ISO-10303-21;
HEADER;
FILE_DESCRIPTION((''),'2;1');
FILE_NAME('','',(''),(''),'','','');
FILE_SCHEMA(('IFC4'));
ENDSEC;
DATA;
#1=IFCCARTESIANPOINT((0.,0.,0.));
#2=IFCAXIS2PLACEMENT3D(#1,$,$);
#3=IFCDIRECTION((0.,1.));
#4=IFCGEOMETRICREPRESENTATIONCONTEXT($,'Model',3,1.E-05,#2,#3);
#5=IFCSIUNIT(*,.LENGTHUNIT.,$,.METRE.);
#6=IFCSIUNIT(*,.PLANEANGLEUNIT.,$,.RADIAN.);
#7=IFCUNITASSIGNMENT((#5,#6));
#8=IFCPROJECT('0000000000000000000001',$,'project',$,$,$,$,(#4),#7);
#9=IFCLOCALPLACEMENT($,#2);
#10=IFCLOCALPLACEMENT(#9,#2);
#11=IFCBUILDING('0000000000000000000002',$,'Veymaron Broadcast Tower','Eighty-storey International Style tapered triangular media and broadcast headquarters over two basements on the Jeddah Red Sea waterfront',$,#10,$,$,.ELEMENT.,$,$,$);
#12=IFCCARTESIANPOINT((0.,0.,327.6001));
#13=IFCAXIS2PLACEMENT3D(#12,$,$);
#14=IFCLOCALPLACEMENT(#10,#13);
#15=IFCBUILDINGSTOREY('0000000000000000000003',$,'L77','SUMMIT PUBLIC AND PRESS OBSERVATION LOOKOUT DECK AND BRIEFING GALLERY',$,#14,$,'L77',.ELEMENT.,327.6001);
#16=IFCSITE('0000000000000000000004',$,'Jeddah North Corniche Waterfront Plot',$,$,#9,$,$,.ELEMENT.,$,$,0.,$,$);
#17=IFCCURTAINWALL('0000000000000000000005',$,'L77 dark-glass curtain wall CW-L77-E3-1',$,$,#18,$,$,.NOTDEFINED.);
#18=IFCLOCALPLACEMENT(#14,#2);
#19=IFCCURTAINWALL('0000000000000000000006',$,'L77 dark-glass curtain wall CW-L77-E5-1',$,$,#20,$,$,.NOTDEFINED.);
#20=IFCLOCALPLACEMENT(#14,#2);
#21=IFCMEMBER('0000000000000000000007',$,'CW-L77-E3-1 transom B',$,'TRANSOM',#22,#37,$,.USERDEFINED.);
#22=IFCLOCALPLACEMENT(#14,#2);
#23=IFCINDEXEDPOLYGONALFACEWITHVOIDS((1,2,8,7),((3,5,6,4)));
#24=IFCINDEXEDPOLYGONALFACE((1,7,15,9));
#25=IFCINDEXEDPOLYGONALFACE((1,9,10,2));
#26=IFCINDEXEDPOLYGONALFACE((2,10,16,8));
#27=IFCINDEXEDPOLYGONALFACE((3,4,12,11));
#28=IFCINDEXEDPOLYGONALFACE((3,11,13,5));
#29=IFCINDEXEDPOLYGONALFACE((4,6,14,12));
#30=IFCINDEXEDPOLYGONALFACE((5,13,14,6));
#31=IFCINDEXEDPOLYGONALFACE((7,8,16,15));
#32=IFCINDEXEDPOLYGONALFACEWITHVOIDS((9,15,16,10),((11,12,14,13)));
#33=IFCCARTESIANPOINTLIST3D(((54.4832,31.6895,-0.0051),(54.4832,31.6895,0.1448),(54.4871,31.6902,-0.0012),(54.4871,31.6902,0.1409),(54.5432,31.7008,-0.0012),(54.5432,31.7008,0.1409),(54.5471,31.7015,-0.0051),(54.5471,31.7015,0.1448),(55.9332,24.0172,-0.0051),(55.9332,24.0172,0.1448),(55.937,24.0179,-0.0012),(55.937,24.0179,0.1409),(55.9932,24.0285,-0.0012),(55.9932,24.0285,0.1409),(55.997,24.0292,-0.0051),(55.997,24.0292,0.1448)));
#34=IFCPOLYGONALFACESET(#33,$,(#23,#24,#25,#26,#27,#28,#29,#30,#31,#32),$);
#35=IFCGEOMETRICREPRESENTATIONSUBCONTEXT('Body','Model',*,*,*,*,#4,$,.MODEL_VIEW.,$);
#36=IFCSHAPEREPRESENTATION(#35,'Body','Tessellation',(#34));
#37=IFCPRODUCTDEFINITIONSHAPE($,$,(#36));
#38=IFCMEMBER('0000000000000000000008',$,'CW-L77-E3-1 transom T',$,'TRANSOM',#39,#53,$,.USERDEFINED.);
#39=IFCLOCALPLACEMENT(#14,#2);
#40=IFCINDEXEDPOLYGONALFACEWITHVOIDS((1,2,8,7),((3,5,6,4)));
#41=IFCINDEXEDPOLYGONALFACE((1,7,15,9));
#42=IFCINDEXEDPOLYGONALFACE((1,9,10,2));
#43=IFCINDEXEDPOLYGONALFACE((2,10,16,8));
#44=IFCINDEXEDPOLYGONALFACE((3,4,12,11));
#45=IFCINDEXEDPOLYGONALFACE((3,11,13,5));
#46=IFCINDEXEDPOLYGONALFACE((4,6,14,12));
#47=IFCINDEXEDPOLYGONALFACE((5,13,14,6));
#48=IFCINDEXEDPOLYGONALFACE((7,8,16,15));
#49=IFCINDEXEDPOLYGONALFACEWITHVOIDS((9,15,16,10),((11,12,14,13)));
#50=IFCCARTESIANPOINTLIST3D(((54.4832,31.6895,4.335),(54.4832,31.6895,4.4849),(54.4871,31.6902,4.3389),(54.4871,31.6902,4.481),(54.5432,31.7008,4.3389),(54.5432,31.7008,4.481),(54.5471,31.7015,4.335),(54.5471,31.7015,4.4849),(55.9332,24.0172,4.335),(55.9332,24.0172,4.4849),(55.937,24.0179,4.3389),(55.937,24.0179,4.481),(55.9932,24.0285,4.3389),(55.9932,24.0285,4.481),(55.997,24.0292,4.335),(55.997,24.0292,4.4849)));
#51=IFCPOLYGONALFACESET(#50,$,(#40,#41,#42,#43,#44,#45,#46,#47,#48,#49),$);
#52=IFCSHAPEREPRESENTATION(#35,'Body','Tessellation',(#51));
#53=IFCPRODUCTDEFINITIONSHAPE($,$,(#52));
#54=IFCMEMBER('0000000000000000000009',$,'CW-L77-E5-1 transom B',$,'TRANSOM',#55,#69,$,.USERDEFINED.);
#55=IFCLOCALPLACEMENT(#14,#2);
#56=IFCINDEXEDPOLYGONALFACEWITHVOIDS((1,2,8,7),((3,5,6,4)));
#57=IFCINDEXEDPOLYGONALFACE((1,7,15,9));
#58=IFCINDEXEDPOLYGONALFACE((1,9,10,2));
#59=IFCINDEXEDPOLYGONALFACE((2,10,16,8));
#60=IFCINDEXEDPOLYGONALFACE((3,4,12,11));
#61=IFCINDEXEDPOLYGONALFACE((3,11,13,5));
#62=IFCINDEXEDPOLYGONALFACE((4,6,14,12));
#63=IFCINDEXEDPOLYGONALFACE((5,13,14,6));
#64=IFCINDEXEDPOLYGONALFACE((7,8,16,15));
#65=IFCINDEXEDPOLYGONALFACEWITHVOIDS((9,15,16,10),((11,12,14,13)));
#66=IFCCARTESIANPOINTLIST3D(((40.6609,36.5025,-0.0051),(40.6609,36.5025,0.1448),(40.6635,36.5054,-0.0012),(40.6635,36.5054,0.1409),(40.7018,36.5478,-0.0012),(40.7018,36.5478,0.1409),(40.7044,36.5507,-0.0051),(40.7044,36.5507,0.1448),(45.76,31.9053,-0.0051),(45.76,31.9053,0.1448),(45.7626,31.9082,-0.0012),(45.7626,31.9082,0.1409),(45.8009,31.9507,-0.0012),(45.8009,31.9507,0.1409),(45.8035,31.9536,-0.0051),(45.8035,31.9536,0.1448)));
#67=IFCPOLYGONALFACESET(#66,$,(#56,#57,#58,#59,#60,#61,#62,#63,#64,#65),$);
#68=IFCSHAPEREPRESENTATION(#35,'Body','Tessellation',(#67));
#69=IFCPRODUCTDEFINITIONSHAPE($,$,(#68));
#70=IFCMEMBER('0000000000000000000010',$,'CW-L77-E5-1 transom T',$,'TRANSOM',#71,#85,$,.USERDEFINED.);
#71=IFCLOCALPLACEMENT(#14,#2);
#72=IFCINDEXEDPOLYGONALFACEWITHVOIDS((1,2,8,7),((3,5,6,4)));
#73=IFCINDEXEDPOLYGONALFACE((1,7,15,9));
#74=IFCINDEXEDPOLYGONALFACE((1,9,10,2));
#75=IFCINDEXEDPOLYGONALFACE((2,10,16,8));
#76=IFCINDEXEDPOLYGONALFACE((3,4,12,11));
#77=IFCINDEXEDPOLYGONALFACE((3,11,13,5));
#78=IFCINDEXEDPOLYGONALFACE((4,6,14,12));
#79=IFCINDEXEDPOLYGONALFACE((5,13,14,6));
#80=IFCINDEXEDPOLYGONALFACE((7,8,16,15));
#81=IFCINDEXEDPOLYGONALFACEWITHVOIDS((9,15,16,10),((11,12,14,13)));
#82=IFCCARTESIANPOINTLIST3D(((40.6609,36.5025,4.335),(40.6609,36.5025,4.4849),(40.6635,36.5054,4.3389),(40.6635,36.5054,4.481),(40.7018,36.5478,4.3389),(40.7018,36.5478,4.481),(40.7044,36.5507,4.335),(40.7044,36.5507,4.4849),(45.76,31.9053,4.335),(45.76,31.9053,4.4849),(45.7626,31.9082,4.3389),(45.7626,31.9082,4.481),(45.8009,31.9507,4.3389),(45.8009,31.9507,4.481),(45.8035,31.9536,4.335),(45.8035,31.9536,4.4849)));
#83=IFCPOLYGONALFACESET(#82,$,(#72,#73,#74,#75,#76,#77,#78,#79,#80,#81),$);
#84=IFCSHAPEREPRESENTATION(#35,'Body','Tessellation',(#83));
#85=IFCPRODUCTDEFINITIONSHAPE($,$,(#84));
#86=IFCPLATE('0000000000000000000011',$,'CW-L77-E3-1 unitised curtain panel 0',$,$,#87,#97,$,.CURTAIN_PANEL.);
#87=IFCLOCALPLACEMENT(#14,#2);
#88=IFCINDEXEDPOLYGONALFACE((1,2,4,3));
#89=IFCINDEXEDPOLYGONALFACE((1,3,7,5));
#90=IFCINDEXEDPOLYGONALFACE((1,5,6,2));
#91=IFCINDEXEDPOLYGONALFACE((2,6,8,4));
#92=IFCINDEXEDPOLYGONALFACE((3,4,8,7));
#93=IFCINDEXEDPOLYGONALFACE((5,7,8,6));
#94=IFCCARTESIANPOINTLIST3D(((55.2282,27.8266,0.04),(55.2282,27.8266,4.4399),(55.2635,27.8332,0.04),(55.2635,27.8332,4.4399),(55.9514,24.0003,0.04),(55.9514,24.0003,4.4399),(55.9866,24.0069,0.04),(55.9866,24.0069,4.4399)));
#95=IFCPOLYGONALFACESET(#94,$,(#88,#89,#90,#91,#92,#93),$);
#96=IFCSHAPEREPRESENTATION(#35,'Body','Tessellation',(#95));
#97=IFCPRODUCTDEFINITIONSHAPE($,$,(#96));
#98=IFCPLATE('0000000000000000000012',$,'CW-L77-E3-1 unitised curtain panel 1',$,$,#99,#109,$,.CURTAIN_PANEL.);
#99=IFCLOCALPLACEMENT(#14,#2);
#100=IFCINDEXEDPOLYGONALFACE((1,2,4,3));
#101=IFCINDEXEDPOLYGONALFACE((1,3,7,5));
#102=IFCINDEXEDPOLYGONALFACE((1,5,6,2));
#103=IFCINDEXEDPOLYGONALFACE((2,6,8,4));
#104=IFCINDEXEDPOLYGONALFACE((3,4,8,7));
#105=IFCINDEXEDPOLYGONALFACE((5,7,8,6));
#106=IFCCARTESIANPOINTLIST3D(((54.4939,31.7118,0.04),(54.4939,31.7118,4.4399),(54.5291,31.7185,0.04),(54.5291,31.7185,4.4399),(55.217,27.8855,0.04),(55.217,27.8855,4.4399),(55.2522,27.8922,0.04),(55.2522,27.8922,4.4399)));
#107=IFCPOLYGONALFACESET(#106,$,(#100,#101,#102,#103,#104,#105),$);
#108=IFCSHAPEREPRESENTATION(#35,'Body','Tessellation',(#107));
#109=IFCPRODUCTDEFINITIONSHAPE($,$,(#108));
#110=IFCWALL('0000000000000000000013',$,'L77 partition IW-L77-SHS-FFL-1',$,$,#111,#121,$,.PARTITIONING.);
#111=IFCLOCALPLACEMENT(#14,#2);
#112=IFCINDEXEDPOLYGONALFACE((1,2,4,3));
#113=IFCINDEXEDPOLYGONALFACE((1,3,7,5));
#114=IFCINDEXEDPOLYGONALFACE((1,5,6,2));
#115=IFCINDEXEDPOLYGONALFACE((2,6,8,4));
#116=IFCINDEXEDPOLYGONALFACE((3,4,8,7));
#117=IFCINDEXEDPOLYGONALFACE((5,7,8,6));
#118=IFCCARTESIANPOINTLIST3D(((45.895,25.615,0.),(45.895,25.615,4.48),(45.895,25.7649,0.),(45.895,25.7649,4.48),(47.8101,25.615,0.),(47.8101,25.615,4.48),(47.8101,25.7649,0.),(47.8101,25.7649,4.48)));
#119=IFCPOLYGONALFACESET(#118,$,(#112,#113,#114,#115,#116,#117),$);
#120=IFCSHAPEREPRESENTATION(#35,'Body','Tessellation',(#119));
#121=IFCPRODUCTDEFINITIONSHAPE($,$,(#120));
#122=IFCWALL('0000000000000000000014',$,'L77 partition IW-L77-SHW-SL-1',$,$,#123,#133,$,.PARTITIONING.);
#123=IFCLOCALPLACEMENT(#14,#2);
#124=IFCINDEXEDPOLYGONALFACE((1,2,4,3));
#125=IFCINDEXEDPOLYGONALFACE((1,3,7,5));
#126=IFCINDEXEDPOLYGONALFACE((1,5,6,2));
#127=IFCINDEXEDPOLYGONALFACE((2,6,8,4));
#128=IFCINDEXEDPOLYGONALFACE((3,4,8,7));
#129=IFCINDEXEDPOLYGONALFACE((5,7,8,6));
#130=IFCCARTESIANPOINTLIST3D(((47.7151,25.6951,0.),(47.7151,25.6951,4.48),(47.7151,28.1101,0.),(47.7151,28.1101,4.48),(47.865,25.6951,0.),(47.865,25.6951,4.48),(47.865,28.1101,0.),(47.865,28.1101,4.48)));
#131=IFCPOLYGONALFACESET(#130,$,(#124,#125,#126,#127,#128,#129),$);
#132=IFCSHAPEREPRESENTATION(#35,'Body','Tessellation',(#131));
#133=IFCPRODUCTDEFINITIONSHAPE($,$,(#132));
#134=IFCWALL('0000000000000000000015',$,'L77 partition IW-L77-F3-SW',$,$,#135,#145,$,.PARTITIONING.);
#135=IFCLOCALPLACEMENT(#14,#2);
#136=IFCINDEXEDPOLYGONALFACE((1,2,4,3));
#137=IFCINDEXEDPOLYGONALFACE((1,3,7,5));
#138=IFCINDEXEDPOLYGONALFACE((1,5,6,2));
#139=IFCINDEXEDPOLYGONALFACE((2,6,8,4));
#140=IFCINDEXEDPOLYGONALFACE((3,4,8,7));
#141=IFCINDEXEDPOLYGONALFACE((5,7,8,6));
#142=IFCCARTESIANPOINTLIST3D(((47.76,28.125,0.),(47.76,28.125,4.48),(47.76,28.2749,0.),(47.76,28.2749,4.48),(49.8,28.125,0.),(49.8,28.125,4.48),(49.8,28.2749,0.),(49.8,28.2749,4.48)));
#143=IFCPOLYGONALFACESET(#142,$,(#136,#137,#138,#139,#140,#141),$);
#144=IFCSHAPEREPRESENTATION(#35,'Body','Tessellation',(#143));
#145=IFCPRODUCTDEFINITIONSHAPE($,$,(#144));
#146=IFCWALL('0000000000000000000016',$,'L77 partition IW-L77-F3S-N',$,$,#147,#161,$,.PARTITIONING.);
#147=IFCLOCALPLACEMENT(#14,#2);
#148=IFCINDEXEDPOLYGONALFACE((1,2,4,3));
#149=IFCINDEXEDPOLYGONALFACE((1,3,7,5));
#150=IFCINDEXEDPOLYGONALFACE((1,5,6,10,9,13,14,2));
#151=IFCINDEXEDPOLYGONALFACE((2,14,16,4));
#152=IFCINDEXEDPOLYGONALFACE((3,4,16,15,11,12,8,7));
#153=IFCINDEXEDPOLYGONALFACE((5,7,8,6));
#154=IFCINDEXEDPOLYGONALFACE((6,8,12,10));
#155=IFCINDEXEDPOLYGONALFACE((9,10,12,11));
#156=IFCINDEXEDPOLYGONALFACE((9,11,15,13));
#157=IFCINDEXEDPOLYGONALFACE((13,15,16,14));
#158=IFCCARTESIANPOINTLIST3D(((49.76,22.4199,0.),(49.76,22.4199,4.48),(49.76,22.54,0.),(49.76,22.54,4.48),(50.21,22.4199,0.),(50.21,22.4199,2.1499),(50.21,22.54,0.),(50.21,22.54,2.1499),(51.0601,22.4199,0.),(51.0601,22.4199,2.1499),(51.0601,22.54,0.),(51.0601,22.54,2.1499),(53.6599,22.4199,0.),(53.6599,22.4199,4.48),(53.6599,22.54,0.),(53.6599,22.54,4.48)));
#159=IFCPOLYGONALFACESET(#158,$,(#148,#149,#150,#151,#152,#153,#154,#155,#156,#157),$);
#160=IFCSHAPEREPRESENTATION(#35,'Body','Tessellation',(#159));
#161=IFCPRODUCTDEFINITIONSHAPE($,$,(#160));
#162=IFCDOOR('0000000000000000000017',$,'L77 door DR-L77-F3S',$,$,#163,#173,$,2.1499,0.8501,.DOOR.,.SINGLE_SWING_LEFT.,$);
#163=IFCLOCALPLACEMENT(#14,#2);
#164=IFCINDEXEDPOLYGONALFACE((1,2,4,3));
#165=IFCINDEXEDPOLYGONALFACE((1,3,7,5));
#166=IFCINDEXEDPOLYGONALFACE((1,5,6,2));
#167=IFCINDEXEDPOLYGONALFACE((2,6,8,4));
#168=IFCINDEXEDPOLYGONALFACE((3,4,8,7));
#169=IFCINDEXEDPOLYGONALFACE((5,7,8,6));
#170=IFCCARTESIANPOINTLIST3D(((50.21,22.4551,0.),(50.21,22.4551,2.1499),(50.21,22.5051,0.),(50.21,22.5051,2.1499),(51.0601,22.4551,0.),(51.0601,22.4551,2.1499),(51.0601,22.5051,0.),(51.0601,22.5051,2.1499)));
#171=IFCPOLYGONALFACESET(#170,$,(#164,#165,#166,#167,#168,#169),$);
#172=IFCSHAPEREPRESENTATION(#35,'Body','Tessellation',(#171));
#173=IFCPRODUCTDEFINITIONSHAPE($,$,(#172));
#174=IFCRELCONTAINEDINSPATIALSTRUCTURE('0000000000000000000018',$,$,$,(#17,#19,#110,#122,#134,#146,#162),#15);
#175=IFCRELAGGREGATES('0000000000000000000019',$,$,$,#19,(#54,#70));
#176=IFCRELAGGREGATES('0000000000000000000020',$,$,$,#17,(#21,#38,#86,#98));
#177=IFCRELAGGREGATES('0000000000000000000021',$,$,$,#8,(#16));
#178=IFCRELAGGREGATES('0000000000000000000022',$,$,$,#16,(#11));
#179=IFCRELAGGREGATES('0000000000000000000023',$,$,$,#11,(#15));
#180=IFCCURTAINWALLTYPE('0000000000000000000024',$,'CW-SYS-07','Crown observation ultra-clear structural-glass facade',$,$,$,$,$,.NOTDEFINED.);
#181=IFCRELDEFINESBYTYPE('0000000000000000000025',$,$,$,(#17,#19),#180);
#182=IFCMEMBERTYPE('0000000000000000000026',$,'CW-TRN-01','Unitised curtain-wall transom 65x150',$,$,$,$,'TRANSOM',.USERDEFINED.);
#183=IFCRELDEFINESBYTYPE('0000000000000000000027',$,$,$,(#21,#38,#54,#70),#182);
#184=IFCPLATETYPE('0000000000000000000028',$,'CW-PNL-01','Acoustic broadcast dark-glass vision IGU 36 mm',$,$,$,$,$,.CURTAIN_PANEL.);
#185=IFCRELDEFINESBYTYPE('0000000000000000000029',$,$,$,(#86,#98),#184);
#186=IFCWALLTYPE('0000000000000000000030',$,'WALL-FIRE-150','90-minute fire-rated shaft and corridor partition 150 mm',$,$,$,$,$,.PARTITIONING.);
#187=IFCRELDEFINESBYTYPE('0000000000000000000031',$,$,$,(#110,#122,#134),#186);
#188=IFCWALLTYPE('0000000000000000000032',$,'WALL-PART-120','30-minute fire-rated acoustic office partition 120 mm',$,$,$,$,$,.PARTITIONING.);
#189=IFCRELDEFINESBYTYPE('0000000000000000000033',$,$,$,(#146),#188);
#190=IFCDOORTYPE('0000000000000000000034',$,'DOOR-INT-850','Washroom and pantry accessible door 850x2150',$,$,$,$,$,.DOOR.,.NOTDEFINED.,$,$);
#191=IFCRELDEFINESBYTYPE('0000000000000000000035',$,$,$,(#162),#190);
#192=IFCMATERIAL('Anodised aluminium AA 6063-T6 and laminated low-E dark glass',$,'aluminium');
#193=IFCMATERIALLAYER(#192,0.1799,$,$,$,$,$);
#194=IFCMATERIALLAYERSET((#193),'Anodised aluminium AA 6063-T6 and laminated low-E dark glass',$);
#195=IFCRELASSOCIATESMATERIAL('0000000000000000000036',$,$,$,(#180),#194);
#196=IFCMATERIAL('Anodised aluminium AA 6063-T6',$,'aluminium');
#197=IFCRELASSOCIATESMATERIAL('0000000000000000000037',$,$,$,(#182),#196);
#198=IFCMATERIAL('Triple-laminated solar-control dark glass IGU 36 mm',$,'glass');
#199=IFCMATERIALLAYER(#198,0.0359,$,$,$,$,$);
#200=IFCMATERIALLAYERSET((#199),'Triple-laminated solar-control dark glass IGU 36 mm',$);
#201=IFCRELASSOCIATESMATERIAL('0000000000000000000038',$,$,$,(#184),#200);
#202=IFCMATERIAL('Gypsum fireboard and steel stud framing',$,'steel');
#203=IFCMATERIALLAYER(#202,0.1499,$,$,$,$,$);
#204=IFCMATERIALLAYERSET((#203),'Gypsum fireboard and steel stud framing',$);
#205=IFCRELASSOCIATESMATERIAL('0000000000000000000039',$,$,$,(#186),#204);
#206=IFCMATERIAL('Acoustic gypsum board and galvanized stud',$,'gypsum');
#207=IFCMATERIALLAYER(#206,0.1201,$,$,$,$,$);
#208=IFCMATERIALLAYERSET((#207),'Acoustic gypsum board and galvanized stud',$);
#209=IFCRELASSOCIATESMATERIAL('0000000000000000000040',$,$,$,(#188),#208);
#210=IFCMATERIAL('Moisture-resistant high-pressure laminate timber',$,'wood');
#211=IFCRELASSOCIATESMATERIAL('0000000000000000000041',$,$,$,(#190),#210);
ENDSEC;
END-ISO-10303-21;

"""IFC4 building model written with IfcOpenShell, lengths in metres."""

from ifc_helpers import new_model, si_unit, direction, frame, frame_2d, origin, origin_2d, place, context, subcontext, project, spatial, rectangle, hollow_rectangle, extrude, material, layer, layer_set, material_profile, profile_set, type_object, element, fill, aggregate, save


model = new_model("IFC4")

# Units and contexts
model_context = context("Model", 3, precision=1e-05, world=origin(), true_north=direction((0.0, 1.0)))
body_context = subcontext(model_context, "Body", "Model", "MODEL_VIEW")
ifc_project = project(units=[si_unit("LENGTHUNIT", "METRE"), si_unit("PLANEANGLEUNIT", "RADIAN")], contexts=[model_context])

# Site, building, storey
site_placement = place(None, origin())
site = spatial("IfcSite", under=ifc_project, at=site_placement, Name="Jeddah North Corniche Waterfront Plot", CompositionType="ELEMENT", RefElevation=0.0)
building_placement = place(site_placement, origin())
building = spatial("IfcBuilding", under=site, at=building_placement, Name="Veymaron Broadcast Tower", Description="Eighty-storey International Style tapered triangular media and broadcast headquarters over two basements on the Jeddah Red Sea waterfront", CompositionType="ELEMENT")
storey_placement = place(building_placement, frame((0.0, 0.0, 327.6001)))
storey = spatial("IfcBuildingStorey", under=building, at=storey_placement, Name="L77", Description="SUMMIT PUBLIC AND PRESS OBSERVATION LOOKOUT DECK AND BRIEFING GALLERY", LongName="L77", CompositionType="ELEMENT", Elevation=327.6001)

# Shared definitions
ifc_material_1 = material(Name="Anodised aluminium AA 6063-T6 and laminated low-E dark glass", Category="aluminium")
ifc_layer_1 = layer(ifc_material_1, 0.1799)
ifc_layer_set_1 = layer_set([ifc_layer_1], Name="Anodised aluminium AA 6063-T6 and laminated low-E dark glass")
curtain_wall_type = type_object("IfcCurtainWallType", Name="CW-SYS-07", Description="Crown observation ultra-clear structural-glass facade", PredefinedType="NOTDEFINED", material=ifc_layer_set_1)
ifc_material_2 = material(Name="Anodised aluminium AA 6063-T6", Category="aluminium")

# Curtain wall
curtain_wall_1_placement = place(storey_placement, origin())
curtain_wall_1 = element("IfcCurtainWall", 1, at=curtain_wall_1_placement, inside=storey, type_object=curtain_wall_type, Name="L77 dark-glass curtain wall CW-L77-E3-1", PredefinedType="NOTDEFINED")

# Curtain wall
curtain_wall_2_placement = place(storey_placement, origin())
curtain_wall_2 = element("IfcCurtainWall", 2, at=curtain_wall_2_placement, inside=storey, type_object=curtain_wall_type, Name="L77 dark-glass curtain wall CW-L77-E5-1", PredefinedType="NOTDEFINED")

# Members
ifc_material_profile_1 = material_profile(ifc_material_2, hollow_rectangle(XDim=0.0649, YDim=0.1499, WallThickness=0.0039, at=origin_2d()), Name="AL150X65X4")
ifc_profile_set_1 = profile_set([ifc_material_profile_1], Name="Anodised aluminium AA 6063-T6")
member_type_1 = type_object("IfcMemberType", Name="CW-TRN-01", Description="Unitised curtain-wall transom 65x150", ElementType="TRANSOM", PredefinedType="USERDEFINED", material=ifc_profile_set_1)
member_1_placement = place(storey_placement, frame((55.9651, 24.0232, 0.0698), z_axis=(-0.185697, 0.982607, 0.0), x_axis=(-0.982607, -0.185697, 0.0)))
member_1 = element("IfcMember", 3, at=member_1_placement, type_object=member_type_1, Name="CW-L77-E3-1 transom B", ObjectType="TRANSOM", PredefinedType="USERDEFINED", context=body_context, shape_type="SweptSolid", body=[
    extrude(hollow_rectangle(XDim=0.0649, YDim=0.1499, WallThickness=0.0039, at=origin_2d()), origin(), (0.0, 0.0, 1.0), 7.8081),
])
member_2_placement = place(storey_placement, frame((55.9651, 24.0232, 4.4099), z_axis=(-0.185697, 0.982607, 0.0), x_axis=(-0.982607, -0.185697, 0.0)))
member_2 = element("IfcMember", 4, at=member_2_placement, type_object=member_type_1, Name="CW-L77-E3-1 transom T", ObjectType="TRANSOM", PredefinedType="USERDEFINED", context=body_context, shape_type="SweptSolid", body=[
    extrude(hollow_rectangle(XDim=0.0649, YDim=0.1499, WallThickness=0.0039, at=origin_2d()), origin(), (0.0, 0.0, 1.0), 7.8081),
])
member_3_placement = place(storey_placement, frame((45.7817, 31.9294, 0.0698), z_axis=(-0.742717, 0.669605, 0.0), x_axis=(-0.669605, -0.742717, 0.0)))
member_3 = element("IfcMember", 5, at=member_3_placement, type_object=member_type_1, Name="CW-L77-E5-1 transom B", ObjectType="TRANSOM", PredefinedType="USERDEFINED", context=body_context, shape_type="SweptSolid", body=[
    extrude(hollow_rectangle(XDim=0.0649, YDim=0.1499, WallThickness=0.0039, at=origin_2d()), origin(), (0.0, 0.0, 1.0), 6.8655),
])
member_4_placement = place(storey_placement, frame((45.7817, 31.9294, 4.4099), z_axis=(-0.742717, 0.669605, 0.0), x_axis=(-0.669605, -0.742717, 0.0)))
member_4 = element("IfcMember", 6, at=member_4_placement, type_object=member_type_1, Name="CW-L77-E5-1 transom T", ObjectType="TRANSOM", PredefinedType="USERDEFINED", context=body_context, shape_type="SweptSolid", body=[
    extrude(hollow_rectangle(XDim=0.0649, YDim=0.1499, WallThickness=0.0039, at=origin_2d()), origin(), (0.0, 0.0, 1.0), 6.8655),
])
aggregate(curtain_wall_2, [member_3, member_4])

# Plates
ifc_material_3 = material(Name="Triple-laminated solar-control dark glass IGU 36 mm", Category="glass")
ifc_layer_2 = layer(ifc_material_3, 0.0359)
ifc_layer_set_2 = layer_set([ifc_layer_2], Name="Triple-laminated solar-control dark glass IGU 36 mm")
plate_type = type_object("IfcPlateType", Name="CW-PNL-01", Description="Acoustic broadcast dark-glass vision IGU 36 mm", PredefinedType="CURTAIN_PANEL", material=ifc_layer_set_2)
plate_1_placement = place(storey_placement, frame((55.6074, 25.9167, 0.04), z_axis=(0.0, 0.0, 1.0), x_axis=(-0.185701, 0.982606, 0.0)))
plate_1 = element("IfcPlate", 7, at=plate_1_placement, type_object=plate_type, Name="CW-L77-E3-1 unitised curtain panel 0", PredefinedType="CURTAIN_PANEL", context=body_context, shape_type="SweptSolid", body=[
    extrude(rectangle(XDim=3.894, YDim=0.0359, at=origin_2d()), origin(), (0.0, 0.0, 1.0), 4.3999),
])
plate_2_placement = place(storey_placement, frame((54.873, 29.802, 0.04), z_axis=(0.0, 0.0, 1.0), x_axis=(-0.185701, 0.982606, 0.0)))
plate_2 = element("IfcPlate", 8, at=plate_2_placement, type_object=plate_type, Name="CW-L77-E3-1 unitised curtain panel 1", PredefinedType="CURTAIN_PANEL", context=body_context, shape_type="SweptSolid", body=[
    extrude(rectangle(XDim=3.894, YDim=0.0359, at=origin_2d()), origin(), (0.0, 0.0, 1.0), 4.3999),
])
aggregate(curtain_wall_1, [member_1, member_2, plate_1, plate_2])

# Shared definitions
ifc_material_4 = material(Name="Gypsum fireboard and steel stud framing", Category="steel")
ifc_layer_3 = layer(ifc_material_4, 0.1499)
ifc_layer_set_3 = layer_set([ifc_layer_3], Name="Gypsum fireboard and steel stud framing")
wall_type_1 = type_object("IfcWallType", Name="WALL-FIRE-150", Description="90-minute fire-rated shaft and corridor partition 150 mm", PredefinedType="PARTITIONING", material=ifc_layer_set_3)

# Wall
wall_1_placement = place(storey_placement, frame((45.895, 25.6899, 0.0), z_axis=(0.0, 0.0, 1.0), x_axis=(1.0, 0.0, 0.0)))
element("IfcWall", 9, at=wall_1_placement, inside=storey, type_object=wall_type_1, Name="L77 partition IW-L77-SHS-FFL-1", PredefinedType="PARTITIONING", context=body_context, shape_type="SweptSolid", body=[
    extrude(rectangle(XDim=1.915, YDim=0.1499, at=frame_2d((0.9575, 0.0))), origin(), (0.0, 0.0, 1.0), 4.48),
])

# Walls
wall_2_placement = place(storey_placement, frame((47.79, 25.6951, 0.0), z_axis=(0.0, 0.0, 1.0), x_axis=(0.0, 1.0, 0.0)))
element("IfcWall", 10, at=wall_2_placement, inside=storey, type_object=wall_type_1, Name="L77 partition IW-L77-SHW-SL-1", PredefinedType="PARTITIONING", context=body_context, shape_type="SweptSolid", body=[
    extrude(rectangle(XDim=2.415, YDim=0.1499, at=frame_2d((1.2075, 0.0))), origin(), (0.0, 0.0, 1.0), 4.48),
])
wall_3_placement = place(storey_placement, frame((47.76, 28.2, 0.0), z_axis=(0.0, 0.0, 1.0), x_axis=(1.0, 0.0, 0.0)))
element("IfcWall", 11, at=wall_3_placement, inside=storey, type_object=wall_type_1, Name="L77 partition IW-L77-F3-SW", PredefinedType="PARTITIONING", context=body_context, shape_type="SweptSolid", body=[
    extrude(rectangle(XDim=2.04, YDim=0.1499, at=frame_2d((1.02, 0.0))), origin(), (0.0, 0.0, 1.0), 4.48),
])

# Wall, opening, door
ifc_material_5 = material(Name="Acoustic gypsum board and galvanized stud", Category="gypsum")
ifc_layer_4 = layer(ifc_material_5, 0.1201)
ifc_layer_set_4 = layer_set([ifc_layer_4], Name="Acoustic gypsum board and galvanized stud")
wall_type_2 = type_object("IfcWallType", Name="WALL-PART-120", Description="30-minute fire-rated acoustic office partition 120 mm", PredefinedType="PARTITIONING", material=ifc_layer_set_4)
wall_4_placement = place(storey_placement, frame((49.76, 22.48, 0.0), z_axis=(0.0, 0.0, 1.0), x_axis=(1.0, 0.0, 0.0)))
wall_4 = element("IfcWall", 12, at=wall_4_placement, inside=storey, type_object=wall_type_2, Name="L77 partition IW-L77-F3S-N", PredefinedType="PARTITIONING", context=body_context, shape_type="SweptSolid", body=[
    extrude(rectangle(XDim=3.8999, YDim=0.1201, at=frame_2d((1.95, 0.0))), origin(), (0.0, 0.0, 1.0), 4.48),
])
opening_1_placement = place(wall_4_placement, frame((0.45, 0.0, 0.0)))
opening_1 = element("IfcOpeningElement", 13, at=opening_1_placement, cuts=wall_4, PredefinedType="OPENING", context=body_context, shape_type="SweptSolid", body=[
    extrude(rectangle(XDim=0.8501, YDim=2.1499, at=frame_2d((0.425, 1.075))), frame((0.0, 0.0701, 0.0), z_axis=(0.0, -1.0, 0.0), x_axis=(1.0, 0.0, 0.0)), (0.0, 0.0, 1.0), 0.1401),
])
ifc_material_6 = material(Name="Moisture-resistant high-pressure laminate timber", Category="wood")
door_type_1 = type_object("IfcDoorType", Name="DOOR-INT-850", Description="Washroom and pantry accessible door 850x2150", OperationType="NOTDEFINED", PredefinedType="DOOR", material=ifc_material_6)
door_1_placement = place(opening_1_placement, frame((0.8501, 0.0, 0.0), z_axis=(0.0, 0.0, 1.0), x_axis=(-1.0, 0.0, 0.0)))
door_1 = element("IfcDoor", 14, at=door_1_placement, inside=storey, type_object=door_type_1, Name="L77 door DR-L77-F3S", OperationType="SINGLE_SWING_LEFT", OverallHeight=2.1499, OverallWidth=0.8501, PredefinedType="DOOR", context=body_context, shape_type="SweptSolid", body=[
    extrude(rectangle(XDim=0.8501, YDim=2.1499, at=frame_2d((0.425, 1.075))), frame((0.0, 0.0249, 0.0), z_axis=(0.0, -1.0, 0.0), x_axis=(1.0, 0.0, 0.0)), (0.0, 0.0, 1.0), 0.05),
])
fill(opening_1, door_1)

save(model, "model.ifc")
